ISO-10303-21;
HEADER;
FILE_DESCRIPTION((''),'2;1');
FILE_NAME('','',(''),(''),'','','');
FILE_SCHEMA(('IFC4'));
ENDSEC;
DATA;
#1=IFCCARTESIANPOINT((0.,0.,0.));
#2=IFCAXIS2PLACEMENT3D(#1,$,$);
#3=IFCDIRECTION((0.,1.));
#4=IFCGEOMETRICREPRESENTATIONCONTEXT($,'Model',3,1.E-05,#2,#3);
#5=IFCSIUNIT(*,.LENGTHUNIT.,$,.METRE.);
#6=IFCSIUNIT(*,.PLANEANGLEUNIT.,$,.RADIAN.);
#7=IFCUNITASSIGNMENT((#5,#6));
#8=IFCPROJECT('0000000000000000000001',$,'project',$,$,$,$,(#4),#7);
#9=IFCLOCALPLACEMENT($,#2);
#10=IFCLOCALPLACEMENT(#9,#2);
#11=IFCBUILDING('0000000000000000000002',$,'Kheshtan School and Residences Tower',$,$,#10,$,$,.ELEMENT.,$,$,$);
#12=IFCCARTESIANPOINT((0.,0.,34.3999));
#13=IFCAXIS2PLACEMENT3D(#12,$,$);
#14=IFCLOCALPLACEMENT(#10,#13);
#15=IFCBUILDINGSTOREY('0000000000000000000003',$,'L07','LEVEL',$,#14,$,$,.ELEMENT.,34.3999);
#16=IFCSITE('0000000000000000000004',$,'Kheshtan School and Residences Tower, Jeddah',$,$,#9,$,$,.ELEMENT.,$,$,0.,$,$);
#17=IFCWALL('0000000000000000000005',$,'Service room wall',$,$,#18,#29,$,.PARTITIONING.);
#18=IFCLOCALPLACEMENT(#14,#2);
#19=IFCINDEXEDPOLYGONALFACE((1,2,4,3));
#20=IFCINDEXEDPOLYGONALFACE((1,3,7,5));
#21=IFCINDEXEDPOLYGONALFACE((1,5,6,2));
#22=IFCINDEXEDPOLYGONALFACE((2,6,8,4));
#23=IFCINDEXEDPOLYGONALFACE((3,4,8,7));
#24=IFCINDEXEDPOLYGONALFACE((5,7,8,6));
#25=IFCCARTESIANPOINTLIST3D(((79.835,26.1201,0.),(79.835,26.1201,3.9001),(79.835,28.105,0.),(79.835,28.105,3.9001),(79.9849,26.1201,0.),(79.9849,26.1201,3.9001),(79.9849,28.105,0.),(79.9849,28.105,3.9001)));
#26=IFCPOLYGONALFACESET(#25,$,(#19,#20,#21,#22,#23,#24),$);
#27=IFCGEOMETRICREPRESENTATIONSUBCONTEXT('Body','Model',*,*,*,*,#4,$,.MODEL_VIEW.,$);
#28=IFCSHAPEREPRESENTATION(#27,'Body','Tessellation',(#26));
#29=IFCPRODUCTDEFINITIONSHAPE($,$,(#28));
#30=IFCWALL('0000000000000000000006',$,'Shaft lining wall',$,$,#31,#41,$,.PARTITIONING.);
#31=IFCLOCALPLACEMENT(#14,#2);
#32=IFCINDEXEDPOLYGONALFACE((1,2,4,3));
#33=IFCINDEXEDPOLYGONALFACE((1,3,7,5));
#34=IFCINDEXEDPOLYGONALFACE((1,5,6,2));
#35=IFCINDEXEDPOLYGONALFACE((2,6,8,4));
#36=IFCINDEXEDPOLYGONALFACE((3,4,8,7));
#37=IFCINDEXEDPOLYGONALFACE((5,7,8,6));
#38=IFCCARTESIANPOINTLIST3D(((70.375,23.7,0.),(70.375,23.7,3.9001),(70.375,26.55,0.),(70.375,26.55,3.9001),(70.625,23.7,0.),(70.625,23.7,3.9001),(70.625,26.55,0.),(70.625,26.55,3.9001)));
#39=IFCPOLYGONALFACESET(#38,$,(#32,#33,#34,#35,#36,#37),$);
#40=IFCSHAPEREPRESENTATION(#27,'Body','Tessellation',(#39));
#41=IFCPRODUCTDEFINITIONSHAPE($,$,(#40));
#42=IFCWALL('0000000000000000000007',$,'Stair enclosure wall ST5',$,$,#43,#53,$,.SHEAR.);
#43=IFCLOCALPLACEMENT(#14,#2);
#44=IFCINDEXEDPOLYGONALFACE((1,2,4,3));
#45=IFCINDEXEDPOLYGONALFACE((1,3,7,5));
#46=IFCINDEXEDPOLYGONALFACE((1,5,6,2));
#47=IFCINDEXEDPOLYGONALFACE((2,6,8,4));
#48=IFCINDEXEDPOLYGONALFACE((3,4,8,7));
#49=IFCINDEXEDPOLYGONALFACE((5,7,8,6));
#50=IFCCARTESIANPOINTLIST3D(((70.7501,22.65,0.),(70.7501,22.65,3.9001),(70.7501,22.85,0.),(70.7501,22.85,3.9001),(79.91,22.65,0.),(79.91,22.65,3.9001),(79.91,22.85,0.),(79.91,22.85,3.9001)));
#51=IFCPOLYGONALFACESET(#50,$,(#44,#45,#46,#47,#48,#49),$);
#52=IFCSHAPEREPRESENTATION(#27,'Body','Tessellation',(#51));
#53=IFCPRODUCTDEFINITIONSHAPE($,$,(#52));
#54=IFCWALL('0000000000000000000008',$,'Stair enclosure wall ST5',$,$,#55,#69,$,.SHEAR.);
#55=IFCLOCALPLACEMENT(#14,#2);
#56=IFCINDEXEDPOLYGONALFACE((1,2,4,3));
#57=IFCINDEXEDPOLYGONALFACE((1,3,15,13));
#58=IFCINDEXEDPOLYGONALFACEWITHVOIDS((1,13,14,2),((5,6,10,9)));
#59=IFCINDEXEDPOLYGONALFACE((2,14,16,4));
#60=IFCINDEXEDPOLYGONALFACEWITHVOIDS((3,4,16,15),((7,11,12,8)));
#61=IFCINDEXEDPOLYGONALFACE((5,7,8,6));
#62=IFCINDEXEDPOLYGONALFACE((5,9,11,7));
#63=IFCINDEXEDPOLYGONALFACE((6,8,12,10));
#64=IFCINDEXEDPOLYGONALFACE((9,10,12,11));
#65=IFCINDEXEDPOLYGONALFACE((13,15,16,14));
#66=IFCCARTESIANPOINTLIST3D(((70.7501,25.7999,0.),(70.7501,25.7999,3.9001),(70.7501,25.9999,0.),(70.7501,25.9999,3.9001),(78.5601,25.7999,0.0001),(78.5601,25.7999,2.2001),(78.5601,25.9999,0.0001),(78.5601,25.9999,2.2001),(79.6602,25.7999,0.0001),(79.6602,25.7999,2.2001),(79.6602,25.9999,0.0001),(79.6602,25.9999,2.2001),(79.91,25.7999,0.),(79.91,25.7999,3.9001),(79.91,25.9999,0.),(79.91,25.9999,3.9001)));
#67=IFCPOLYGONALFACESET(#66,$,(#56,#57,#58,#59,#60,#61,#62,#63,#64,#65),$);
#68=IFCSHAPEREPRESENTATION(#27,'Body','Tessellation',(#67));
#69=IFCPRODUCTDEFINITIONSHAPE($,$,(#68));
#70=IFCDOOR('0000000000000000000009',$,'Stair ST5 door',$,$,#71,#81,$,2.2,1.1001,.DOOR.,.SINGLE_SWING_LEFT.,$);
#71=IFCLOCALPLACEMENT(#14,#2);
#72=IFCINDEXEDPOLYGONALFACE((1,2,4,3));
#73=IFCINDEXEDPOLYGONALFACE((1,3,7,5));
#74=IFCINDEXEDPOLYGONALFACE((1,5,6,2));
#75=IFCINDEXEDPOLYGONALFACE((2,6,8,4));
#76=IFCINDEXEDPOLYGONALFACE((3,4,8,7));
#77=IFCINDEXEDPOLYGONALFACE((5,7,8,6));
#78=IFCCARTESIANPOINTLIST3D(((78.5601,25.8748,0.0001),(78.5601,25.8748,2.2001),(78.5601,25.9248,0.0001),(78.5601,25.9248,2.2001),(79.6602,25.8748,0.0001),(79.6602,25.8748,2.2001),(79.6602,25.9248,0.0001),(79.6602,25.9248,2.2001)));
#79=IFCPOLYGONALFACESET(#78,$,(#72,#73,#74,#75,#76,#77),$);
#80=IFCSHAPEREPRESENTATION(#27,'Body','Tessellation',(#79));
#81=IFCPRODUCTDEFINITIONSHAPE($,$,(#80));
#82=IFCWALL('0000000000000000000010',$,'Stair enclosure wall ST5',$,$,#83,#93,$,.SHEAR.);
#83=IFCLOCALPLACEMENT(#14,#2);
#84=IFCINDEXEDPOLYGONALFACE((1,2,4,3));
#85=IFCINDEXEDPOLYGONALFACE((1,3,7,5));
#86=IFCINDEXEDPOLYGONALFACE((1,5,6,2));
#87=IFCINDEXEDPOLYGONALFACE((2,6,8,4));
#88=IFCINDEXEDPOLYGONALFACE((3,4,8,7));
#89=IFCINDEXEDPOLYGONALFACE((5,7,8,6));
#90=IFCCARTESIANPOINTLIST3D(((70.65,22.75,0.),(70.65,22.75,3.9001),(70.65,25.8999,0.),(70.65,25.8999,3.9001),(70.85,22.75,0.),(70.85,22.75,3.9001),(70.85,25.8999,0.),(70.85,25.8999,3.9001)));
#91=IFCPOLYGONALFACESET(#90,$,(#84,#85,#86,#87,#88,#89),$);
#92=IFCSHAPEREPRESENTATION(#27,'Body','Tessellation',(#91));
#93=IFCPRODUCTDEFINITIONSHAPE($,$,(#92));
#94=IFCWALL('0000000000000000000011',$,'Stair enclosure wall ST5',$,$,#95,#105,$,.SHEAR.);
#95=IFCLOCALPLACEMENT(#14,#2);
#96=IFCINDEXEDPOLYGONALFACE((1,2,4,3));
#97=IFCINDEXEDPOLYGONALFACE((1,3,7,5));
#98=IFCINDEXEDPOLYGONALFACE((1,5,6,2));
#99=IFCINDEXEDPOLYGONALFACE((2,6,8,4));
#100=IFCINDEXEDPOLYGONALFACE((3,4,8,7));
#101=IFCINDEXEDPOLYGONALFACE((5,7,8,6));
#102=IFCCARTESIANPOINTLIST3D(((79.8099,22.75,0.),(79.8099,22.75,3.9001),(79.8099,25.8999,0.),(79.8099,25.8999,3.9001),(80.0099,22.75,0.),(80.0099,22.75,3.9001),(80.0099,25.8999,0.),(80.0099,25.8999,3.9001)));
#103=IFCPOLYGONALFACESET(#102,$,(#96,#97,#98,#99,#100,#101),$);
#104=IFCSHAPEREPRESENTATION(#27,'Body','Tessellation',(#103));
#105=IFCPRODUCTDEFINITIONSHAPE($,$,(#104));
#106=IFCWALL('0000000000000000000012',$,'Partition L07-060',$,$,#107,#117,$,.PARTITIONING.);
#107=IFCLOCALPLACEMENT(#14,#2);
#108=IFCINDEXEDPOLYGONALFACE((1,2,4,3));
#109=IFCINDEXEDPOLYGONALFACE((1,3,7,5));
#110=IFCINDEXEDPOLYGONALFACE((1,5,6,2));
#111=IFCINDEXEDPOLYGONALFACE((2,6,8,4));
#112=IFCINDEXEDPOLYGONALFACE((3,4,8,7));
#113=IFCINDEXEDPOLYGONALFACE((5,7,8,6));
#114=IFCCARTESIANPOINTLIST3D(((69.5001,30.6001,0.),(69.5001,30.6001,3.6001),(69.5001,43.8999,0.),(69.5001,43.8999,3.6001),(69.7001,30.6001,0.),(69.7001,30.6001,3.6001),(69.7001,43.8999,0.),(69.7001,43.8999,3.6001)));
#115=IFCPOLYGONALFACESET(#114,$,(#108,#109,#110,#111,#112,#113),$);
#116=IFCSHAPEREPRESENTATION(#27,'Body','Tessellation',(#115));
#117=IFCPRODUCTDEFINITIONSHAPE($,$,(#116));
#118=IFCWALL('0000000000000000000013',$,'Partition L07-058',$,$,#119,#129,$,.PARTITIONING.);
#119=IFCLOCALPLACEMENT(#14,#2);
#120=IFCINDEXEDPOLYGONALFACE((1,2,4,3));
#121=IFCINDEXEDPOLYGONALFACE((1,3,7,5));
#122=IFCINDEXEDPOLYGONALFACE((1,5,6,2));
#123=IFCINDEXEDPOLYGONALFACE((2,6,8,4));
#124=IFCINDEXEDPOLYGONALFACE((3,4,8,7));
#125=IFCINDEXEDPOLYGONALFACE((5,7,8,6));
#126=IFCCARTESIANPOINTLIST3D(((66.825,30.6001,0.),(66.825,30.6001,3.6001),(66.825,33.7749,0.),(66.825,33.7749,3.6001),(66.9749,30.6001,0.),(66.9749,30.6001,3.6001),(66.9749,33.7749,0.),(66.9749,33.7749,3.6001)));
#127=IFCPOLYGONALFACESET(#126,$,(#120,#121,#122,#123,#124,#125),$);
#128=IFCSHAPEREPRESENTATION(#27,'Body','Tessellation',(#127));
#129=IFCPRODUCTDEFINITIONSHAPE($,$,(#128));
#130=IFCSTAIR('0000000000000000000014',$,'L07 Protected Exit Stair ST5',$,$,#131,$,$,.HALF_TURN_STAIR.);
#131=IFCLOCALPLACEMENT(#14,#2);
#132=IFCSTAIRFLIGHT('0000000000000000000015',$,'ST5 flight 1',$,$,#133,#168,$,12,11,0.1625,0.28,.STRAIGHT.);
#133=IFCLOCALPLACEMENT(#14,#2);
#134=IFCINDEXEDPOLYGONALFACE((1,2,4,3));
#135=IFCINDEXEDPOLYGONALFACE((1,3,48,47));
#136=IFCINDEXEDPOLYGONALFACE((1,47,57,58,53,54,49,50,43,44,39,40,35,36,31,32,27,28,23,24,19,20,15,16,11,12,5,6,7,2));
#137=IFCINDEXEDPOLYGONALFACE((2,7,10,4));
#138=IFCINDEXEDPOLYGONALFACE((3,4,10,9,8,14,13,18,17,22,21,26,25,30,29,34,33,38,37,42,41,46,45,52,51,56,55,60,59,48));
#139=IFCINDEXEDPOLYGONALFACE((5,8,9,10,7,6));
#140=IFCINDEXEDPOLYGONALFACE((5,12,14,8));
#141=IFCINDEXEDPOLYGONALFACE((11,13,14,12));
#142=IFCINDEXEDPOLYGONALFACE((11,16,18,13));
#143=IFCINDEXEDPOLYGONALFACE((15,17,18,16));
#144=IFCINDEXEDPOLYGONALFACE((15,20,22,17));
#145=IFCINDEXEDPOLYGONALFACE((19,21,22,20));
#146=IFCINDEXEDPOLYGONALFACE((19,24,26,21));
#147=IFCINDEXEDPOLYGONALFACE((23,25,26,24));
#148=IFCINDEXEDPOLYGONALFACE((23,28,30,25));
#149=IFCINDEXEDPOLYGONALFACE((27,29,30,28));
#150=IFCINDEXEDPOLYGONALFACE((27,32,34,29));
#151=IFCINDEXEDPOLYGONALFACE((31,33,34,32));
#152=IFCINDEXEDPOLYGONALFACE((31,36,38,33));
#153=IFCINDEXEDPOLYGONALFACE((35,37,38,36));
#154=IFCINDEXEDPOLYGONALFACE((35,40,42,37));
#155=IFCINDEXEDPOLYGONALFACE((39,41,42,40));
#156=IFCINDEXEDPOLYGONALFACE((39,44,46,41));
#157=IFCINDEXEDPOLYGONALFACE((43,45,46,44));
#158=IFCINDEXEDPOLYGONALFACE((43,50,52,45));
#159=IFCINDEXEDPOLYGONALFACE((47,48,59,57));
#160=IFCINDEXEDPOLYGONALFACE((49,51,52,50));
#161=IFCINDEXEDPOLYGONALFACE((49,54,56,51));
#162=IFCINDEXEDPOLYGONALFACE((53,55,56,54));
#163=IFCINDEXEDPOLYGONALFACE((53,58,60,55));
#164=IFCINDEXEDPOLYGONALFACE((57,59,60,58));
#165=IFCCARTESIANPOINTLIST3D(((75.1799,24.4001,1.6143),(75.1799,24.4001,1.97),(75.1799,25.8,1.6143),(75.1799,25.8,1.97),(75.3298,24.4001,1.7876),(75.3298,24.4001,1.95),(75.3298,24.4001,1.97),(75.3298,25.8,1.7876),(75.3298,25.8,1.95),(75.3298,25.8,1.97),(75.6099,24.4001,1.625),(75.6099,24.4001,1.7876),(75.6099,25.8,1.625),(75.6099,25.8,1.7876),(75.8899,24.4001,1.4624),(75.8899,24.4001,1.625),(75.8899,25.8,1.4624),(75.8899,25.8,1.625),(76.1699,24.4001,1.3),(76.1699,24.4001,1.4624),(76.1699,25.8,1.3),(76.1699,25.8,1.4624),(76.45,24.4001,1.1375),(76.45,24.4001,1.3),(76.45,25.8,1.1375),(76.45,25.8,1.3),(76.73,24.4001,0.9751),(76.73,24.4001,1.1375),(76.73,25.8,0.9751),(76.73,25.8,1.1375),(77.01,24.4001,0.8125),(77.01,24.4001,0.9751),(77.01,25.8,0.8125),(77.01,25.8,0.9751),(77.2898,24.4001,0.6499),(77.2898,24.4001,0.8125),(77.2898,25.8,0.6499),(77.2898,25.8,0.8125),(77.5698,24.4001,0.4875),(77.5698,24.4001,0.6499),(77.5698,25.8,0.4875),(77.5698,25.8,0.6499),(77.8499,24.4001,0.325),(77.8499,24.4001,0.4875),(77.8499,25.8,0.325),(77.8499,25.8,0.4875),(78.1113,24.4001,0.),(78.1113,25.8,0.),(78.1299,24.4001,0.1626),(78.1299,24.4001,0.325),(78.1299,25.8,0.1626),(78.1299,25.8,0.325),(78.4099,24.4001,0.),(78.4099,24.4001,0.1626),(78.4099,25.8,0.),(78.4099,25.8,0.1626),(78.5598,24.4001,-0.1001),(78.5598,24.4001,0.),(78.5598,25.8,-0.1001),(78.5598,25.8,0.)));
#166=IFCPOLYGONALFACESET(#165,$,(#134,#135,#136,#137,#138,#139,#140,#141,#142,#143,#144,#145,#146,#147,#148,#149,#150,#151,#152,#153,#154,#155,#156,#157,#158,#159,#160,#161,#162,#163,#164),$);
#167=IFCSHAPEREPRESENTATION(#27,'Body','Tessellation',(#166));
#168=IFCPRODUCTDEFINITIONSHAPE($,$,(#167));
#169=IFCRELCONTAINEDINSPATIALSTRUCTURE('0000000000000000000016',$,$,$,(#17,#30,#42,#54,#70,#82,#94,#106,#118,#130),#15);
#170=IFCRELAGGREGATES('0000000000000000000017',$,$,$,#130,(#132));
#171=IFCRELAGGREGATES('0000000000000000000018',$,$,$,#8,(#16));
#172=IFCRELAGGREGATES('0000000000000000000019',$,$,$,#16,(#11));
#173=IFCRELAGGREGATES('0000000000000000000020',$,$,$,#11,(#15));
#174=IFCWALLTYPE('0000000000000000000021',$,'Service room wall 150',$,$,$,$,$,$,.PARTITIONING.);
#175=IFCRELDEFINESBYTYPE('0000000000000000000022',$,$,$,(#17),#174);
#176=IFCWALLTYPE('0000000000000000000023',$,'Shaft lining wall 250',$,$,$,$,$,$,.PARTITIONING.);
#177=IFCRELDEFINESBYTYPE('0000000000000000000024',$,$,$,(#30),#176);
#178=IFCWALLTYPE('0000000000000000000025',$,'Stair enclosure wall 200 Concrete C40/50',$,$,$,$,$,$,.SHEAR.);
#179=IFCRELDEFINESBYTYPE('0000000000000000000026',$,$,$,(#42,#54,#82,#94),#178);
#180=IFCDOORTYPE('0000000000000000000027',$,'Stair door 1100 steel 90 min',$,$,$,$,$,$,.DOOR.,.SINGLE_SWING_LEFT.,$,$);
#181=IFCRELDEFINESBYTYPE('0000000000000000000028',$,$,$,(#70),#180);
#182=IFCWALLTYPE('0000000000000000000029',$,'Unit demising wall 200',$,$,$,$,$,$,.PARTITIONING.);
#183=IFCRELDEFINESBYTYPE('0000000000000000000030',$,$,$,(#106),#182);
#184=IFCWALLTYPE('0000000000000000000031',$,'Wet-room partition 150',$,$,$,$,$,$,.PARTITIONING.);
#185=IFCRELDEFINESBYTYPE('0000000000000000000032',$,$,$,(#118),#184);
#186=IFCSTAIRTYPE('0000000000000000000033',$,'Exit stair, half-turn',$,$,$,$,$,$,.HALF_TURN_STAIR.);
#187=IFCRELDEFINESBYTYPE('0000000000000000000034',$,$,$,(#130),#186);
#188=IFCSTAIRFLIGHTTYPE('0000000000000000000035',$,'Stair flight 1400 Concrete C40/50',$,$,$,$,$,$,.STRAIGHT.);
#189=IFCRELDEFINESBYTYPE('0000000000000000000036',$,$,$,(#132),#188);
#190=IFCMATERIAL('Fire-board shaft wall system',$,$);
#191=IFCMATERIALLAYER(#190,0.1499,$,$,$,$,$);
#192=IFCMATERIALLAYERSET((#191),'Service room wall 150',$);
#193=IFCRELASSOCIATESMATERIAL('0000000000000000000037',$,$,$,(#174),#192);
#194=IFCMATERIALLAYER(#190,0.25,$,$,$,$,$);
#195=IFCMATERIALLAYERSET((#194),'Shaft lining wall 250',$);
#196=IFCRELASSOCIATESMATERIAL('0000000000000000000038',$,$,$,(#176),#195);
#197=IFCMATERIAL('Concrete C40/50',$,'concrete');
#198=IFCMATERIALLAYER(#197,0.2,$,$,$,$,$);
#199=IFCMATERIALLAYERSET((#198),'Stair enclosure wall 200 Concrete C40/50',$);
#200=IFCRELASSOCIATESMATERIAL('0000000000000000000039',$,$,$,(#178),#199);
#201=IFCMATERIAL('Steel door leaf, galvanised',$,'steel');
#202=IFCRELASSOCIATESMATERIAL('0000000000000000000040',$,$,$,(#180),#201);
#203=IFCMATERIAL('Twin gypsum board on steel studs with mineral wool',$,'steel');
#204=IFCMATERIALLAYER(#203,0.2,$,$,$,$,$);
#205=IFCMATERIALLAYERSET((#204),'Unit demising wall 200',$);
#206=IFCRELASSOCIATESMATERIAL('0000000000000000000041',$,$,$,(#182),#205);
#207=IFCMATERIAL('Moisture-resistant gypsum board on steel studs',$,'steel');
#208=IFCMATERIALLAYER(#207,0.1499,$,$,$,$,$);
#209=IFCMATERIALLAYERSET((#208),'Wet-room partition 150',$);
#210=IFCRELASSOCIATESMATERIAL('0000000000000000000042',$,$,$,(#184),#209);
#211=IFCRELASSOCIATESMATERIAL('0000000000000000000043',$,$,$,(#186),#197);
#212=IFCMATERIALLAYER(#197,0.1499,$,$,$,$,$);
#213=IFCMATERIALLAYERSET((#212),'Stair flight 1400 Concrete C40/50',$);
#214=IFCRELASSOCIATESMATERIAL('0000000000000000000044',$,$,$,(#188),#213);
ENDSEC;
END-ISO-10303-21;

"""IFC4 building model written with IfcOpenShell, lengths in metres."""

from ifc_helpers import new_model, si_unit, direction, frame, frame_2d, origin, place, context, subcontext, project, spatial, polyline, rectangle, outline, extrude, source, transform, mapped, material, layer, layer_set, type_object, element, fill, aggregate, save


model = new_model("IFC4")

# Units and contexts
model_context = context("Model", 3, precision=1e-05, world=origin(), true_north=direction((0.0, 1.0)))
body_context = subcontext(model_context, "Body", "Model", "MODEL_VIEW")
ifc_project = project(units=[si_unit("LENGTHUNIT", "METRE"), si_unit("PLANEANGLEUNIT", "RADIAN")], contexts=[model_context])

# Site, building, storey
site_placement = place(None, origin())
site = spatial("IfcSite", under=ifc_project, at=site_placement, Name="Kheshtan School and Residences Tower, Jeddah", CompositionType="ELEMENT", RefElevation=0.0)
building_placement = place(site_placement, origin())
building = spatial("IfcBuilding", under=site, at=building_placement, Name="Kheshtan School and Residences Tower", CompositionType="ELEMENT")
storey_placement = place(building_placement, frame((0.0, 0.0, 34.3999)))
storey = spatial("IfcBuildingStorey", under=building, at=storey_placement, Name="L07", Description="LEVEL", CompositionType="ELEMENT", Elevation=34.3999)

# Shared definitions
ifc_material_1 = material(Name="Fire-board shaft wall system")
ifc_layer_1 = layer(ifc_material_1, 0.1499)
ifc_layer_set_1 = layer_set([ifc_layer_1], Name="Service room wall 150")
wall_type_1 = type_object("IfcWallType", Name="Service room wall 150", PredefinedType="PARTITIONING", material=ifc_layer_set_1)
ifc_material_2 = material(Name="Steel door leaf, galvanised", Category="steel")

# Walls
wall_1_placement = place(storey_placement, frame((79.9099, 26.1201, 0.0), z_axis=(0.0, 0.0, 1.0), x_axis=(0.0, 1.0, 0.0)))
element("IfcWall", 1, at=wall_1_placement, inside=storey, type_object=wall_type_1, Name="Service room wall", PredefinedType="PARTITIONING", context=body_context, shape_type="SweptSolid", body=[
    extrude(rectangle(XDim=1.9849, YDim=0.1499, at=frame_2d((0.9924, 0.0))), origin(), (0.0, 0.0, 1.0), 3.9001),
])
ifc_layer_2 = layer(ifc_material_1, 0.25)
ifc_layer_set_2 = layer_set([ifc_layer_2], Name="Shaft lining wall 250")
wall_type_2 = type_object("IfcWallType", Name="Shaft lining wall 250", PredefinedType="PARTITIONING", material=ifc_layer_set_2)
wall_2_placement = place(storey_placement, frame((70.5, 23.7, 0.0), z_axis=(0.0, 0.0, 1.0), x_axis=(0.0, 1.0, 0.0)))
element("IfcWall", 2, at=wall_2_placement, inside=storey, type_object=wall_type_2, Name="Shaft lining wall", PredefinedType="PARTITIONING", context=body_context, shape_type="SweptSolid", body=[
    extrude(rectangle(XDim=2.8501, YDim=0.25, at=frame_2d((1.425, 0.0))), origin(), (0.0, 0.0, 1.0), 3.9001),
])
ifc_material_3 = material(Name="Concrete C40/50", Category="concrete")
ifc_layer_3 = layer(ifc_material_3, 0.2)
ifc_layer_set_3 = layer_set([ifc_layer_3], Name="Stair enclosure wall 200 Concrete C40/50")
wall_type_3 = type_object("IfcWallType", Name="Stair enclosure wall 200 Concrete C40/50", PredefinedType="SHEAR", material=ifc_layer_set_3)
wall_3_placement = place(storey_placement, frame((70.75, 22.75, 0.0), z_axis=(0.0, 0.0, 1.0), x_axis=(1.0, 0.0, 0.0)))
element("IfcWall", 3, at=wall_3_placement, inside=storey, type_object=wall_type_3, Name="Stair enclosure wall ST5", PredefinedType="SHEAR", context=body_context, shape_type="SweptSolid", body=[
    extrude(rectangle(XDim=9.1599, YDim=0.2, at=frame_2d((4.5801, 0.0))), origin(), (0.0, 0.0, 1.0), 3.9001),
])

# Wall, opening, door
wall_4_placement = place(storey_placement, frame((70.75, 25.8999, 0.0), z_axis=(0.0, 0.0, 1.0), x_axis=(1.0, 0.0, 0.0)))
wall_4 = element("IfcWall", 4, at=wall_4_placement, inside=storey, type_object=wall_type_3, Name="Stair enclosure wall ST5", PredefinedType="SHEAR", context=body_context, shape_type="SweptSolid", body=[
    extrude(rectangle(XDim=9.1599, YDim=0.2, at=frame_2d((4.5801, 0.0))), origin(), (0.0, 0.0, 1.0), 3.9001),
])
opening_1_placement = place(wall_4_placement, frame((7.8101, 0.0, 0.0)))
opening_1 = element("IfcOpeningElement", 5, at=opening_1_placement, cuts=wall_4, PredefinedType="OPENING", context=body_context, shape_type="SweptSolid", body=[
    extrude(rectangle(XDim=1.1001, YDim=2.2, at=frame_2d((0.55, 1.1001))), frame((0.0, 0.1099, 0.0), z_axis=(0.0, -1.0, 0.0), x_axis=(1.0, 0.0, 0.0)), (0.0, 0.0, 1.0), 0.22),
])
door_type_1 = type_object("IfcDoorType", Name="Stair door 1100 steel 90 min", OperationType="SINGLE_SWING_LEFT", PredefinedType="DOOR", material=ifc_material_2)
shared_shape_1 = source(origin(), body_context, "Body", "SweptSolid", [
    extrude(rectangle(XDim=1.1001, YDim=2.2, at=frame_2d((0.55, 1.1001))), frame((0.0, 0.0249, 0.0), z_axis=(0.0, -1.0, 0.0), x_axis=(1.0, 0.0, 0.0)), (0.0, 0.0, 1.0), 0.05),
])
door_1_placement = place(opening_1_placement, origin())
door_1 = element("IfcDoor", 6, at=door_1_placement, inside=storey, type_object=door_type_1, Name="Stair ST5 door", OperationType="SINGLE_SWING_LEFT", OverallHeight=2.2, OverallWidth=1.1001, PredefinedType="DOOR", context=body_context, shape_type="MappedRepresentation", body=[
    mapped(shared_shape_1, transform((0.0, 0.0, 0.0), x_axis=(1.0, 0.0, 0.0), y_axis=(0.0, 1.0, 0.0), z_axis=(0.0, 0.0, 1.0), scale=1.0)),
])
fill(opening_1, door_1)

# Walls
for number, where, z_axis, x_axis, name in (
    (7, (70.75, 22.75, 0.0), (0.0, 0.0, 1.0), (0.0, 1.0, 0.0), "Stair enclosure wall ST5"),
    (8, (79.9099, 22.75, 0.0), (0.0, 0.0, 1.0), (0.0, 1.0, 0.0), "Stair enclosure wall ST5"),
):
    element("IfcWall", number, at=place(storey_placement, frame(where, z_axis=z_axis, x_axis=x_axis)), inside=storey, type_object=wall_type_3, Name=name, PredefinedType="SHEAR", context=body_context, shape_type="SweptSolid", body=[
        extrude(rectangle(XDim=3.1499, YDim=0.2, at=frame_2d((1.575, 0.0))), origin(), (0.0, 0.0, 1.0), 3.9001),
    ])
ifc_material_4 = material(Name="Twin gypsum board on steel studs with mineral wool", Category="steel")
ifc_layer_4 = layer(ifc_material_4, 0.2)
ifc_layer_set_4 = layer_set([ifc_layer_4], Name="Unit demising wall 200")
wall_type_4 = type_object("IfcWallType", Name="Unit demising wall 200", PredefinedType="PARTITIONING", material=ifc_layer_set_4)
wall_5_placement = place(storey_placement, frame((69.6001, 30.6001, 0.0), z_axis=(0.0, 0.0, 1.0), x_axis=(0.0, 1.0, 0.0)))
element("IfcWall", 9, at=wall_5_placement, inside=storey, type_object=wall_type_4, Name="Partition L07-060", PredefinedType="PARTITIONING", context=body_context, shape_type="SweptSolid", body=[
    extrude(rectangle(XDim=13.2998, YDim=0.2, at=frame_2d((6.6499, 0.0))), origin(), (0.0, 0.0, 1.0), 3.6001),
])
ifc_material_5 = material(Name="Moisture-resistant gypsum board on steel studs", Category="steel")
ifc_layer_5 = layer(ifc_material_5, 0.1499)
ifc_layer_set_5 = layer_set([ifc_layer_5], Name="Wet-room partition 150")
wall_type_5 = type_object("IfcWallType", Name="Wet-room partition 150", PredefinedType="PARTITIONING", material=ifc_layer_set_5)
wall_6_placement = place(storey_placement, frame((66.8999, 30.6001, 0.0), z_axis=(0.0, 0.0, 1.0), x_axis=(0.0, 1.0, 0.0)))
element("IfcWall", 10, at=wall_6_placement, inside=storey, type_object=wall_type_5, Name="Partition L07-058", PredefinedType="PARTITIONING", context=body_context, shape_type="SweptSolid", body=[
    extrude(rectangle(XDim=3.1748, YDim=0.1499, at=frame_2d((1.5874, 0.0))), origin(), (0.0, 0.0, 1.0), 3.6001),
])

# Stair, stair flight
stair_type = type_object("IfcStairType", Name="Exit stair, half-turn", PredefinedType="HALF_TURN_STAIR", material=ifc_material_3)
stair_placement = place(storey_placement, origin())
stair = element("IfcStair", 11, at=stair_placement, inside=storey, type_object=stair_type, Name="L07 Protected Exit Stair ST5", PredefinedType="HALF_TURN_STAIR")
ifc_layer_6 = layer(ifc_material_3, 0.1499)
ifc_layer_set_6 = layer_set([ifc_layer_6], Name="Stair flight 1400 Concrete C40/50")
stair_flight_type = type_object("IfcStairFlightType", Name="Stair flight 1400 Concrete C40/50", PredefinedType="STRAIGHT", material=ifc_layer_set_6)
stair_flight_1_placement = place(storey_placement, frame((78.4099, 25.1001, 0.0), z_axis=(0.0, 0.0, 1.0), x_axis=(-1.0, 0.0, 0.0)))
stair_flight_1 = element("IfcStairFlight", 12, at=stair_flight_1_placement, type_object=stair_flight_type, Name="ST5 flight 1", NumberOfRisers=12, NumberOfTreads=11, PredefinedType="STRAIGHT", RiserHeight=0.1625, TreadLength=0.28, context=body_context, shape_type="SweptSolid", body=[
    extrude(outline(polyline([(-0.1499, -0.1001), (-0.1499, 0.0), (0.0, 0.0), (0.0, 0.1626), (0.28, 0.1626), (0.28, 0.325), (0.5601, 0.325), (0.5601, 0.4875), (0.8401, 0.4875), (0.8401, 0.6499), (1.1201, 0.6499), (1.1201, 0.8125), (1.3999, 0.8125), (1.3999, 0.9751), (1.6799, 0.9751), (1.6799, 1.1375), (1.96, 1.1375), (1.96, 1.3), (2.24, 1.3), (2.24, 1.4624), (2.52, 1.4624), (2.52, 1.625), (2.8, 1.625), (2.8, 1.7876), (3.0801, 1.7876), (3.0801, 1.95), (3.0801, 1.97), (3.23, 1.97), (3.23, 1.6143), (0.2986, 0.0), (-0.1499, -0.1001)])), frame((0.0, 0.7, 0.0), z_axis=(0.0, -1.0, 0.0), x_axis=(1.0, 0.0, 0.0)), (0.0, 0.0, 1.0), 1.3999),
])
aggregate(stair, [stair_flight_1])

save(model, "model.ifc")
